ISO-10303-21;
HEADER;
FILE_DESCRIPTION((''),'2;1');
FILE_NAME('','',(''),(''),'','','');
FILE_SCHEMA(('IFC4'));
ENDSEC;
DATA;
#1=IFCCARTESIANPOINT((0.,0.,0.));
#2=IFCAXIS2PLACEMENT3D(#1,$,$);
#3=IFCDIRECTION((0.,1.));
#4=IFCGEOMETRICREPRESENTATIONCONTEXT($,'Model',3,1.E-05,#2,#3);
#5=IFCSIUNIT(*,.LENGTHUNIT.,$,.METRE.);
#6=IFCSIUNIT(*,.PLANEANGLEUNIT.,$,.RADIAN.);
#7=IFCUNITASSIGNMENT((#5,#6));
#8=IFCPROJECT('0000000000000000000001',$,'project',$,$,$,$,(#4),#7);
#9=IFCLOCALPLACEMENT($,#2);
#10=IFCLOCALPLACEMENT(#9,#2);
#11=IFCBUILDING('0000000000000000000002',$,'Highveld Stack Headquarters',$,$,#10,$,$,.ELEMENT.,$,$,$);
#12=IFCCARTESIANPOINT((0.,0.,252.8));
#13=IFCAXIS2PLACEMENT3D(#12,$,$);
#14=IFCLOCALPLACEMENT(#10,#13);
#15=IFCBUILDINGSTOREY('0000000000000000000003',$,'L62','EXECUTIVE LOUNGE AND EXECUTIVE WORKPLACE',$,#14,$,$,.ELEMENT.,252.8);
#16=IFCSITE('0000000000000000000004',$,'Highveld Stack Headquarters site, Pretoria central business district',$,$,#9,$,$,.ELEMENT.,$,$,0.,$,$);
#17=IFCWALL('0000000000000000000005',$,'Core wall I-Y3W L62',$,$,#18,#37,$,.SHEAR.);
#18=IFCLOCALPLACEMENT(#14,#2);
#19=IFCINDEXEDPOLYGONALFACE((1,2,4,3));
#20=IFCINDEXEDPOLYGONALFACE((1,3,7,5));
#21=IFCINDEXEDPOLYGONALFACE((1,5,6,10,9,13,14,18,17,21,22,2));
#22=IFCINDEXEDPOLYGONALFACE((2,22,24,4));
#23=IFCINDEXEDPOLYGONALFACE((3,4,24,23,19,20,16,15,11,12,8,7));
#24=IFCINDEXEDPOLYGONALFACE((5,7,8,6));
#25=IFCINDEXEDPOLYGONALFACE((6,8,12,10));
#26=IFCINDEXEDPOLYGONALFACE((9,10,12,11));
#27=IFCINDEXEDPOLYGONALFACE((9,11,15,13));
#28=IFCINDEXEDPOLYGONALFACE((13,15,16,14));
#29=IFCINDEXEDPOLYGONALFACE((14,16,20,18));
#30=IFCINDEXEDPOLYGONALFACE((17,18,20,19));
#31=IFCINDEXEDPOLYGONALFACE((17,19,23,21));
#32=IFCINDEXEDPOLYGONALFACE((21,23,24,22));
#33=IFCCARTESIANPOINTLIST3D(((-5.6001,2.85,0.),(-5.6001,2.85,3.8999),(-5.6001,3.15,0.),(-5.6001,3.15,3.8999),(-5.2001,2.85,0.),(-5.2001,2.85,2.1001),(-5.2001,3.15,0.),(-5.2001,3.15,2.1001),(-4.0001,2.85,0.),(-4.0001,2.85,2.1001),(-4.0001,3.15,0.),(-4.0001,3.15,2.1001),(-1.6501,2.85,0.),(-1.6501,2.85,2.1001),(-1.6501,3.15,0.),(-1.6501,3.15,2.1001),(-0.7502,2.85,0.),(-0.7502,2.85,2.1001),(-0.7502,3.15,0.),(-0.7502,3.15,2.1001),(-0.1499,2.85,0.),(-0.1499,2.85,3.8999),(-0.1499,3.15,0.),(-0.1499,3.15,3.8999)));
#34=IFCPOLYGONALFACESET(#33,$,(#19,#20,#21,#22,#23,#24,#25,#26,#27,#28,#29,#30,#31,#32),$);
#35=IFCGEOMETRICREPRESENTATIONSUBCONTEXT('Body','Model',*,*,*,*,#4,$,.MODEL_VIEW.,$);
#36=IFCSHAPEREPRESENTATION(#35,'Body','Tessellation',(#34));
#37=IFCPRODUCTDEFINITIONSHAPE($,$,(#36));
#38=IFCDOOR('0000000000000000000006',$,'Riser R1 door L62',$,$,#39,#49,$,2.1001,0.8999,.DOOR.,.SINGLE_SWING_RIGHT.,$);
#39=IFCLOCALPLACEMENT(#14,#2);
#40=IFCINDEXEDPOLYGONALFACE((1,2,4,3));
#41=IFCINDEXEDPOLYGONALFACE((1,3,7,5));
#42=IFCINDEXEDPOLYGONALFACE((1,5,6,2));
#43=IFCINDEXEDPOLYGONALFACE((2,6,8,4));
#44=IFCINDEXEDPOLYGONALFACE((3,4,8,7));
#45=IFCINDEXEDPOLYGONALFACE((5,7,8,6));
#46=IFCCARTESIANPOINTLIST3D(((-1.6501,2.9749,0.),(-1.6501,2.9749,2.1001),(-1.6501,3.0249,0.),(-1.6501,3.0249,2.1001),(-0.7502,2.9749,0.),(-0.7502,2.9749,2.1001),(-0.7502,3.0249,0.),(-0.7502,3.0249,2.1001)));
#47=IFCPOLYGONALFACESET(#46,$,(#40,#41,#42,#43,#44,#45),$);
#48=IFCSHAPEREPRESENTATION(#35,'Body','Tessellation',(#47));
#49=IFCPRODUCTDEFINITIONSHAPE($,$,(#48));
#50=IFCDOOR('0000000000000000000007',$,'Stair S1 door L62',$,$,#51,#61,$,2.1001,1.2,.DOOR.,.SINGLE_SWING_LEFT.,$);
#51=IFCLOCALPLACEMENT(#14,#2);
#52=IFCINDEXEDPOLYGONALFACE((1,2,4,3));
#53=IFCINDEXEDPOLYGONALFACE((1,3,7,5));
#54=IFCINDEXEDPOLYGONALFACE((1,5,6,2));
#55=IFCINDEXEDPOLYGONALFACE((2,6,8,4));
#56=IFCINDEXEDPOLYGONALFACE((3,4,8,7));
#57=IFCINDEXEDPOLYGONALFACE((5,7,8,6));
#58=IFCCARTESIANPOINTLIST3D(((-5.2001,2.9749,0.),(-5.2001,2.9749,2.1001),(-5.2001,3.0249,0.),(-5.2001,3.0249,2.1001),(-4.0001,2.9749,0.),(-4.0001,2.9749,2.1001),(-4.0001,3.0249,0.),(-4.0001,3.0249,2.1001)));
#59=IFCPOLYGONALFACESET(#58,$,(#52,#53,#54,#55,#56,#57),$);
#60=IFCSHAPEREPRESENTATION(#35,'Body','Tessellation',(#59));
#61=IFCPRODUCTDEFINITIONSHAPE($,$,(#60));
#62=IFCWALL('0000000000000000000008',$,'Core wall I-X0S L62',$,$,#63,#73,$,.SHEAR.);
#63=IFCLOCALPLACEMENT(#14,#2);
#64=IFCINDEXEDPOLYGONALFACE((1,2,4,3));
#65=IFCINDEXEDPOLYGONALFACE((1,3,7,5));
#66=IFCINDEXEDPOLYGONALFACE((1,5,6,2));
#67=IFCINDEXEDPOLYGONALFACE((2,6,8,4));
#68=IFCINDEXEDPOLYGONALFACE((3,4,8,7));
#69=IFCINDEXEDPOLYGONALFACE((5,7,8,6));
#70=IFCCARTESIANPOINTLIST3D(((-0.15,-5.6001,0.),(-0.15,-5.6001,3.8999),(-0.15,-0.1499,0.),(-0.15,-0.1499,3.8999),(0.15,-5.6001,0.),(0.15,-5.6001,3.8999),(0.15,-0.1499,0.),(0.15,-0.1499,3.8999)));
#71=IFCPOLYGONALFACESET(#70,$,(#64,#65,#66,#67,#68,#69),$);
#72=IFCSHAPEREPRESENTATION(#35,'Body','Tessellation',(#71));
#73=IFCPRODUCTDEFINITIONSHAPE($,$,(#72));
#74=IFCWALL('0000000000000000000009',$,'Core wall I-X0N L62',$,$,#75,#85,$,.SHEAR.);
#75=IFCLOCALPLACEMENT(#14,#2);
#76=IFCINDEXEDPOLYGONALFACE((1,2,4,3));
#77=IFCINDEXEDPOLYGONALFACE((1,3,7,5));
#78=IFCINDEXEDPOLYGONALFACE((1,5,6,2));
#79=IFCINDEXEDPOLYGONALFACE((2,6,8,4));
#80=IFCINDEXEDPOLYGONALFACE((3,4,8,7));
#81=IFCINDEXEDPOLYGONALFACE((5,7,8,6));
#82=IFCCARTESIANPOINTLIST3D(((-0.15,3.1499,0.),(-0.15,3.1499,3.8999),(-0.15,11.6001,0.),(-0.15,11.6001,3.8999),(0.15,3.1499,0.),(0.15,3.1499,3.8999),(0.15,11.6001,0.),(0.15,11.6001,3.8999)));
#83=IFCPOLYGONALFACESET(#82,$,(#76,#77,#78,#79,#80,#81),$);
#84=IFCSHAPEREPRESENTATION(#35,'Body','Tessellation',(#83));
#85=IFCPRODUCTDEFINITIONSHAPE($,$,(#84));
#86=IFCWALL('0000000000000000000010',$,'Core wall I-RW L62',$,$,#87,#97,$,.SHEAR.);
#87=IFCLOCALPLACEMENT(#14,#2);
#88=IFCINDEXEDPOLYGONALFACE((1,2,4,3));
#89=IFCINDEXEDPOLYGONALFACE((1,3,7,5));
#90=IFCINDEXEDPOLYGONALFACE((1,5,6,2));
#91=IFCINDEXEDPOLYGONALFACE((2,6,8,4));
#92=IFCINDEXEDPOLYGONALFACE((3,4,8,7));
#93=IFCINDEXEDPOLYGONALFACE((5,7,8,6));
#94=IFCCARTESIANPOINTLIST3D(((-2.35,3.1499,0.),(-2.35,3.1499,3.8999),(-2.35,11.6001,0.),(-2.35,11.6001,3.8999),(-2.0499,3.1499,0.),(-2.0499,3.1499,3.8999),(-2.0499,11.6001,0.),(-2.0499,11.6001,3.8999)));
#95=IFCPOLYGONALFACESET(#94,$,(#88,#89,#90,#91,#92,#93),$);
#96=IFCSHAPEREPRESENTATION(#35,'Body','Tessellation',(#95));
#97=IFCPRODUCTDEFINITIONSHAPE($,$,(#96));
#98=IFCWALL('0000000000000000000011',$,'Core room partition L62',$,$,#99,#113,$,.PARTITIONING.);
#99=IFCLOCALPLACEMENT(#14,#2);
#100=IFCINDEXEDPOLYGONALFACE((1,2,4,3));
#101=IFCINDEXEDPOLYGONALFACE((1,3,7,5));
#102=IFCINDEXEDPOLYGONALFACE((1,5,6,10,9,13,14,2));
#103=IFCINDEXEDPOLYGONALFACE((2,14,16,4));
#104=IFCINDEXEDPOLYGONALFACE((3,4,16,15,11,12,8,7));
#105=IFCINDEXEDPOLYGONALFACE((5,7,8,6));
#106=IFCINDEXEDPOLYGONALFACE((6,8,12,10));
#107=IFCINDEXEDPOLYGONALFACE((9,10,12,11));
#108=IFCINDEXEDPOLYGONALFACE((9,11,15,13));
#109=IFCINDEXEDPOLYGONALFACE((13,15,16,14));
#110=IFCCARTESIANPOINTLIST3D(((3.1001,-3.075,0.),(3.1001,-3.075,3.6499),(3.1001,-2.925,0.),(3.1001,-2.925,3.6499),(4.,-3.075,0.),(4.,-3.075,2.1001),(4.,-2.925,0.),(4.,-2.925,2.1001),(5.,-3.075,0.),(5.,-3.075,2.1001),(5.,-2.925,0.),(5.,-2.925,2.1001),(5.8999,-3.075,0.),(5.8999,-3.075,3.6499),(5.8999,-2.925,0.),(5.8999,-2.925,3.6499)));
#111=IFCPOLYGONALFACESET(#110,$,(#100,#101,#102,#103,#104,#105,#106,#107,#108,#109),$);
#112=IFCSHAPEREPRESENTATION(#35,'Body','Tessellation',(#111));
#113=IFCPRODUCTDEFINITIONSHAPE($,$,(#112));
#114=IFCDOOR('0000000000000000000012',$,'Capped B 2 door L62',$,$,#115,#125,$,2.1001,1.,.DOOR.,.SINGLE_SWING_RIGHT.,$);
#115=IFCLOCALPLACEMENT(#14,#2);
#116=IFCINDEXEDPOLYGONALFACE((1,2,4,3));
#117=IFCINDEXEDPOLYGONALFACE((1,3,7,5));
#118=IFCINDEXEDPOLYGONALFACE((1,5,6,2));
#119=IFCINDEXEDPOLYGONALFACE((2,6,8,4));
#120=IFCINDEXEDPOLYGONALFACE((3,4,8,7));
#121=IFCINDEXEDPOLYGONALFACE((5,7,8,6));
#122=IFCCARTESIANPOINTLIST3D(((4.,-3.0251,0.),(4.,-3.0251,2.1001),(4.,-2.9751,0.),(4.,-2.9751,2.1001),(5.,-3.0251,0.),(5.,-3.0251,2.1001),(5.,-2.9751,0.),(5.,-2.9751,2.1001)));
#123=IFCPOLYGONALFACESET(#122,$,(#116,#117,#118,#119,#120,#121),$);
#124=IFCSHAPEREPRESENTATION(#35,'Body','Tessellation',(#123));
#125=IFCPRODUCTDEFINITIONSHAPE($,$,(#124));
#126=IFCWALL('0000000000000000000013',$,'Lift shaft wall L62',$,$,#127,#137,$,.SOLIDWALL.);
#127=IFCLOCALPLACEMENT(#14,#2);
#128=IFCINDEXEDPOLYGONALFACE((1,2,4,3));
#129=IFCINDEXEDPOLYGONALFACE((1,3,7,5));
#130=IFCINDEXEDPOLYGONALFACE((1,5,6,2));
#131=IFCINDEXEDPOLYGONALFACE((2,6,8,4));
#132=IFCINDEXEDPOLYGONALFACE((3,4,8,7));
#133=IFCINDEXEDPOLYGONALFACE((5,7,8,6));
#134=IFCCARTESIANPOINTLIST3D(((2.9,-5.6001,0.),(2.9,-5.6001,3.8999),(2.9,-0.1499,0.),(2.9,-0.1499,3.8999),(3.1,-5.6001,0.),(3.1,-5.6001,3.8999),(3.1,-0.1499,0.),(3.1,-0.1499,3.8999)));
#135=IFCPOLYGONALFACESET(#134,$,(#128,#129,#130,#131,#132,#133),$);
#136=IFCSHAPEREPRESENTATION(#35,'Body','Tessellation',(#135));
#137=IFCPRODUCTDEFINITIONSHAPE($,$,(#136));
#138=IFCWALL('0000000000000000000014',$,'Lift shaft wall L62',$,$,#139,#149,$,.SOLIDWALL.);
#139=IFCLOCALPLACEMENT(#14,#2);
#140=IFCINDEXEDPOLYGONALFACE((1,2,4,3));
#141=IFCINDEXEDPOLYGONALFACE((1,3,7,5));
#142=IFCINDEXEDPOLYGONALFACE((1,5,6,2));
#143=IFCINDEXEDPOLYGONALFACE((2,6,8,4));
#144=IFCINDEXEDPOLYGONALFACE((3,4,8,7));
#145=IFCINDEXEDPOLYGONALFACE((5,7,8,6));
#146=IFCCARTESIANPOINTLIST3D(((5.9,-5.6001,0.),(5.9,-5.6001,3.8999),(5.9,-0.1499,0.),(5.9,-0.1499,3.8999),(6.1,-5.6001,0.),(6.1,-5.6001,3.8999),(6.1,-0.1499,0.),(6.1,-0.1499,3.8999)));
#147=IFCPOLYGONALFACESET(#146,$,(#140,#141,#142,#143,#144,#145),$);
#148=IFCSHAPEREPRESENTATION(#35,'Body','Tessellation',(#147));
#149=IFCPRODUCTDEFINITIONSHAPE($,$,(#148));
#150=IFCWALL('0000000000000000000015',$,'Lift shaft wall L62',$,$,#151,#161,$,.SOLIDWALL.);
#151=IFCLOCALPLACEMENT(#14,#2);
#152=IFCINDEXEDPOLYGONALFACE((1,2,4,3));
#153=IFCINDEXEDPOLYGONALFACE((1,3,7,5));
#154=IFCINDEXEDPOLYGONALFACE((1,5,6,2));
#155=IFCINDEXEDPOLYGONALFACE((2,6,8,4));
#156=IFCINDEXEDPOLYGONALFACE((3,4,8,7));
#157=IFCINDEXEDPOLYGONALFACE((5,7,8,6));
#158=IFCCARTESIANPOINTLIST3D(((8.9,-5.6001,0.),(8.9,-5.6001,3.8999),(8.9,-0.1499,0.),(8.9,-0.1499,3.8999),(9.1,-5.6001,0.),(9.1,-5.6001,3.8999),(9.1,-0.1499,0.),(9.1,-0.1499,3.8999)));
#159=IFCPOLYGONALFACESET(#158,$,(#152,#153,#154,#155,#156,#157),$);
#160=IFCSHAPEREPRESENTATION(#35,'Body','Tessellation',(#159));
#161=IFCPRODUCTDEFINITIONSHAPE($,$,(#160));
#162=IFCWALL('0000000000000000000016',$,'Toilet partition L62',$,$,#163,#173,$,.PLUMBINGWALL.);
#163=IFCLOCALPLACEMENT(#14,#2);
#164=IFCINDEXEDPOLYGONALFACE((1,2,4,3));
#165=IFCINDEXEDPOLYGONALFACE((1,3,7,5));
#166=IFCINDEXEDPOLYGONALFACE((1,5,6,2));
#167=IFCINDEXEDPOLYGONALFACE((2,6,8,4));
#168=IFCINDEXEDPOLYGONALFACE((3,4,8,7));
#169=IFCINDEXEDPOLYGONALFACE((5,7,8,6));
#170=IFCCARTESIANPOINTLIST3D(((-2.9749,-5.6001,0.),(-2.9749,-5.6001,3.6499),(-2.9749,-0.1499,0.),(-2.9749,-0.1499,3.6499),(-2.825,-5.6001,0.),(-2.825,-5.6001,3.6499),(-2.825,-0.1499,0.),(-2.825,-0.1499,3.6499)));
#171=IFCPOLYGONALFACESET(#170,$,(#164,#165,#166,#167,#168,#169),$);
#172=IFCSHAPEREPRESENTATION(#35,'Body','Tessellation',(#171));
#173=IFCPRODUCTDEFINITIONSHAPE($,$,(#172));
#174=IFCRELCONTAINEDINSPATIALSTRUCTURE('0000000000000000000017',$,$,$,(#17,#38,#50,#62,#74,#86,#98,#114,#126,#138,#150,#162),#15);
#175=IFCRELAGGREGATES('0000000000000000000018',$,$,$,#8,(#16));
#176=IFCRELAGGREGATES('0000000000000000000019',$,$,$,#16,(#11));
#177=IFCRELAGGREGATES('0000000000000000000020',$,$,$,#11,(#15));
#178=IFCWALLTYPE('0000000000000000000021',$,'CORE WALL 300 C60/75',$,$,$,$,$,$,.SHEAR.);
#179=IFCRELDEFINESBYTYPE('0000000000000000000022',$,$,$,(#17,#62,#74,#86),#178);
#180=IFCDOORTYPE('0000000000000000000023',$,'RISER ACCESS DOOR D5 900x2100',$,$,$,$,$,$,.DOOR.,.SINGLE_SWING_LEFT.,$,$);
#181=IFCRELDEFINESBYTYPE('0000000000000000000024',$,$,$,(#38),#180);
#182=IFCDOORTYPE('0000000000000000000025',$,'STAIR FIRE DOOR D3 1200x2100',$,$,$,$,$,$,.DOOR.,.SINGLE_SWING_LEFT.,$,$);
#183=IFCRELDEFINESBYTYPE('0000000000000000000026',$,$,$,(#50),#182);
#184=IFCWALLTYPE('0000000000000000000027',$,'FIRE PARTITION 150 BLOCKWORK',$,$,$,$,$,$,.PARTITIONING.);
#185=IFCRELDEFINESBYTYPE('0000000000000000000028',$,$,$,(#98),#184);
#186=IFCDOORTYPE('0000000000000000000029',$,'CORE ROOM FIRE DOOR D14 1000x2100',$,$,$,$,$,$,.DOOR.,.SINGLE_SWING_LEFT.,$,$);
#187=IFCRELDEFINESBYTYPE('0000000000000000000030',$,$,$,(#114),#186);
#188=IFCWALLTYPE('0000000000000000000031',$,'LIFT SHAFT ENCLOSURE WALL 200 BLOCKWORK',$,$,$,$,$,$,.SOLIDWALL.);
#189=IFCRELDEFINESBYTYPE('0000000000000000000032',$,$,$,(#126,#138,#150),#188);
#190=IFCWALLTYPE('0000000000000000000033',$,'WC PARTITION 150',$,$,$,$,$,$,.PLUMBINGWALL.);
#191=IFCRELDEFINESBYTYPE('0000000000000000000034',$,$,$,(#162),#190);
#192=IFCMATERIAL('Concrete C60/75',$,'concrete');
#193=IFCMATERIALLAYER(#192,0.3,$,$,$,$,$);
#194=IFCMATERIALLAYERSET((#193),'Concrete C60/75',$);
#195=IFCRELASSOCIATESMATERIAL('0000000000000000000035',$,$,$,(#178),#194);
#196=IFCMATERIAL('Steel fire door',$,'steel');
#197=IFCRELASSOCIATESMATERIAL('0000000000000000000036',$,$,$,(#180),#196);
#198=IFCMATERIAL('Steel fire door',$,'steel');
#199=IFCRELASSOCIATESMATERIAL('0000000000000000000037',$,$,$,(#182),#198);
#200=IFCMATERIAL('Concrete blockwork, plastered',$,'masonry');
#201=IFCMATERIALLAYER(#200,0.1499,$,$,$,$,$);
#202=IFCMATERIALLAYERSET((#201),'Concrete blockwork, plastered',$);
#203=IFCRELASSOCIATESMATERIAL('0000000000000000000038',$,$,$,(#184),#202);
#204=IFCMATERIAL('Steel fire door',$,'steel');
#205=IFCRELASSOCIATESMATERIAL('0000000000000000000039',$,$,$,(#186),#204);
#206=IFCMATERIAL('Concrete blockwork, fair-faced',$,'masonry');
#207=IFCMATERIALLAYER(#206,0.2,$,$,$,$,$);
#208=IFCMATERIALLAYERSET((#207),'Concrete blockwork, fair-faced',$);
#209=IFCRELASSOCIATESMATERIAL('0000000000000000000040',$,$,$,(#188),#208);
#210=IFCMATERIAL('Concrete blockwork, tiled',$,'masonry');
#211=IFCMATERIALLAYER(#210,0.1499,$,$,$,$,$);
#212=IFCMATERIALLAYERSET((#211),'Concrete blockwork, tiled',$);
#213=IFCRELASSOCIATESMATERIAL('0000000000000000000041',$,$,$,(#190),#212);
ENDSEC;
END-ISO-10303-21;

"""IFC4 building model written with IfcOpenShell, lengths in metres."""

from ifc_helpers import new_model, si_unit, direction, frame, frame_2d, origin, place, context, subcontext, project, spatial, rectangle, extrude, material, layer, layer_set, type_object, element, fill, save


model = new_model("IFC4")

# Units and contexts
model_context = context("Model", 3, precision=1e-05, world=origin(), true_north=direction((0.0, 1.0)))
body_context = subcontext(model_context, "Body", "Model", "MODEL_VIEW")
ifc_project = project(units=[si_unit("LENGTHUNIT", "METRE"), si_unit("PLANEANGLEUNIT", "RADIAN")], contexts=[model_context])

# Site, building, storey
site_placement = place(None, origin())
site = spatial("IfcSite", under=ifc_project, at=site_placement, Name="Highveld Stack Headquarters site, Pretoria central business district", CompositionType="ELEMENT", RefElevation=0.0)
building_placement = place(site_placement, origin())
building = spatial("IfcBuilding", under=site, at=building_placement, Name="Highveld Stack Headquarters", CompositionType="ELEMENT")
storey_placement = place(building_placement, frame((0.0, 0.0, 252.8)))
storey = spatial("IfcBuildingStorey", under=building, at=storey_placement, Name="L62", Description="EXECUTIVE LOUNGE AND EXECUTIVE WORKPLACE", CompositionType="ELEMENT", Elevation=252.8)

# Wall, openings, doors
ifc_material_1 = material(Name="Concrete C60/75", Category="concrete")
ifc_layer_1 = layer(ifc_material_1, 0.3)
ifc_layer_set_1 = layer_set([ifc_layer_1], Name="Concrete C60/75")
wall_type_1 = type_object("IfcWallType", Name="CORE WALL 300 C60/75", PredefinedType="SHEAR", material=ifc_layer_set_1)
wall_1_placement = place(storey_placement, frame((-5.6001, 3.0, 0.0), z_axis=(0.0, 0.0, 1.0), x_axis=(1.0, 0.0, 0.0)))
wall_1 = element("IfcWall", 1, at=wall_1_placement, inside=storey, type_object=wall_type_1, Name="Core wall I-Y3W L62", PredefinedType="SHEAR", context=body_context, shape_type="SweptSolid", body=[
    extrude(rectangle(XDim=5.4502, YDim=0.3, at=frame_2d((2.7251, 0.0))), origin(), (0.0, 0.0, 1.0), 3.8999),
])
opening_1_placement = place(wall_1_placement, frame((0.3999, 0.0, 0.0)))
opening_1 = element("IfcOpeningElement", 2, at=opening_1_placement, cuts=wall_1, PredefinedType="OPENING", context=body_context, shape_type="SweptSolid", body=[
    extrude(rectangle(XDim=1.2, YDim=2.1001, at=frame_2d((0.6001, 1.05))), frame((0.0, 0.1599, 0.0), z_axis=(0.0, -1.0, 0.0), x_axis=(1.0, 0.0, 0.0)), (0.0, 0.0, 1.0), 0.3201),
])
opening_2_placement = place(wall_1_placement, frame((3.95, 0.0, 0.0)))
opening_2 = element("IfcOpeningElement", 3, at=opening_2_placement, cuts=wall_1, PredefinedType="OPENING", context=body_context, shape_type="SweptSolid", body=[
    extrude(rectangle(XDim=0.8999, YDim=2.1001, at=frame_2d((0.45, 1.05))), frame((0.0, 0.1599, 0.0), z_axis=(0.0, -1.0, 0.0), x_axis=(1.0, 0.0, 0.0)), (0.0, 0.0, 1.0), 0.3201),
])
ifc_material_2 = material(Name="Steel fire door", Category="steel")
door_type_1 = type_object("IfcDoorType", Name="RISER ACCESS DOOR D5 900x2100", OperationType="SINGLE_SWING_LEFT", PredefinedType="DOOR", material=ifc_material_2)
door_1_placement = place(opening_2_placement, origin())
door_1 = element("IfcDoor", 4, at=door_1_placement, inside=storey, type_object=door_type_1, Name="Riser R1 door L62", OperationType="SINGLE_SWING_RIGHT", OverallHeight=2.1001, OverallWidth=0.8999, PredefinedType="DOOR", context=body_context, shape_type="SweptSolid", body=[
    extrude(rectangle(XDim=0.8999, YDim=2.1001, at=frame_2d((0.45, 1.05))), frame((0.0, 0.0249, 0.0), z_axis=(0.0, -1.0, 0.0), x_axis=(1.0, 0.0, 0.0)), (0.0, 0.0, 1.0), 0.05),
])
fill(opening_2, door_1)
ifc_material_3 = material(Name="Steel fire door", Category="steel")
door_type_2 = type_object("IfcDoorType", Name="STAIR FIRE DOOR D3 1200x2100", OperationType="SINGLE_SWING_LEFT", PredefinedType="DOOR", material=ifc_material_3)
door_2_placement = place(opening_1_placement, origin())
door_2 = element("IfcDoor", 5, at=door_2_placement, inside=storey, type_object=door_type_2, Name="Stair S1 door L62", OperationType="SINGLE_SWING_LEFT", OverallHeight=2.1001, OverallWidth=1.2, PredefinedType="DOOR", context=body_context, shape_type="SweptSolid", body=[
    extrude(rectangle(XDim=1.2, YDim=2.1001, at=frame_2d((0.6001, 1.05))), frame((0.0, 0.0249, 0.0), z_axis=(0.0, -1.0, 0.0), x_axis=(1.0, 0.0, 0.0)), (0.0, 0.0, 1.0), 0.05),
])
fill(opening_1, door_2)

# Walls
wall_2_placement = place(storey_placement, frame((0.0, -5.6001, 0.0), z_axis=(0.0, 0.0, 1.0), x_axis=(0.0, 1.0, 0.0)))
element("IfcWall", 6, at=wall_2_placement, inside=storey, type_object=wall_type_1, Name="Core wall I-X0S L62", PredefinedType="SHEAR", context=body_context, shape_type="SweptSolid", body=[
    extrude(rectangle(XDim=5.4502, YDim=0.3, at=frame_2d((2.7251, 0.0))), origin(), (0.0, 0.0, 1.0), 3.8999),
])
for number, where, z_axis, x_axis, name in (
    (7, (0.0, 3.1499, 0.0), (0.0, 0.0, 1.0), (0.0, 1.0, 0.0), "Core wall I-X0N L62"),
    (8, (-2.2, 3.1499, 0.0), (0.0, 0.0, 1.0), (0.0, 1.0, 0.0), "Core wall I-RW L62"),
):
    element("IfcWall", number, at=place(storey_placement, frame(where, z_axis=z_axis, x_axis=x_axis)), inside=storey, type_object=wall_type_1, Name=name, PredefinedType="SHEAR", context=body_context, shape_type="SweptSolid", body=[
        extrude(rectangle(XDim=8.4502, YDim=0.3, at=frame_2d((4.2251, 0.0))), origin(), (0.0, 0.0, 1.0), 3.8999),
    ])

# Wall, opening, door
ifc_material_4 = material(Name="Concrete blockwork, plastered", Category="masonry")
ifc_layer_2 = layer(ifc_material_4, 0.1499)
ifc_layer_set_2 = layer_set([ifc_layer_2], Name="Concrete blockwork, plastered")
wall_type_2 = type_object("IfcWallType", Name="FIRE PARTITION 150 BLOCKWORK", PredefinedType="PARTITIONING", material=ifc_layer_set_2)
wall_3_placement = place(storey_placement, frame((3.1001, -3.0, 0.0), z_axis=(0.0, 0.0, 1.0), x_axis=(1.0, 0.0, 0.0)))
wall_3 = element("IfcWall", 9, at=wall_3_placement, inside=storey, type_object=wall_type_2, Name="Core room partition L62", PredefinedType="PARTITIONING", context=body_context, shape_type="SweptSolid", body=[
    extrude(rectangle(XDim=2.7998, YDim=0.1499, at=frame_2d((1.3999, 0.0))), origin(), (0.0, 0.0, 1.0), 3.6499),
])
opening_3_placement = place(wall_3_placement, frame((0.8999, 0.0, 0.0)))
opening_3 = element("IfcOpeningElement", 10, at=opening_3_placement, cuts=wall_3, PredefinedType="OPENING", context=body_context, shape_type="SweptSolid", body=[
    extrude(rectangle(XDim=1.0, YDim=2.1001, at=frame_2d((0.5, 1.05))), frame((0.0, 0.085, 0.0), z_axis=(0.0, -1.0, 0.0), x_axis=(1.0, 0.0, 0.0)), (0.0, 0.0, 1.0), 0.1699),
])
ifc_material_5 = material(Name="Steel fire door", Category="steel")
door_type_3 = type_object("IfcDoorType", Name="CORE ROOM FIRE DOOR D14 1000x2100", OperationType="SINGLE_SWING_LEFT", PredefinedType="DOOR", material=ifc_material_5)
door_3_placement = place(opening_3_placement, origin())
door_3 = element("IfcDoor", 11, at=door_3_placement, inside=storey, type_object=door_type_3, Name="Capped B 2 door L62", OperationType="SINGLE_SWING_RIGHT", OverallHeight=2.1001, OverallWidth=1.0, PredefinedType="DOOR", context=body_context, shape_type="SweptSolid", body=[
    extrude(rectangle(XDim=1.0, YDim=2.1001, at=frame_2d((0.5, 1.05))), frame((0.0, 0.0249, 0.0), z_axis=(0.0, -1.0, 0.0), x_axis=(1.0, 0.0, 0.0)), (0.0, 0.0, 1.0), 0.05),
])
fill(opening_3, door_3)

# Walls
ifc_material_6 = material(Name="Concrete blockwork, fair-faced", Category="masonry")
ifc_layer_3 = layer(ifc_material_6, 0.2)
ifc_layer_set_3 = layer_set([ifc_layer_3], Name="Concrete blockwork, fair-faced")
wall_type_3 = type_object("IfcWallType", Name="LIFT SHAFT ENCLOSURE WALL 200 BLOCKWORK", PredefinedType="SOLIDWALL", material=ifc_layer_set_3)
for number, where, z_axis, x_axis, name in (
    (12, (3.0, -5.6001, 0.0), (0.0, 0.0, 1.0), (0.0, 1.0, 0.0), "Lift shaft wall L62"),
    (13, (6.0, -5.6001, 0.0), (0.0, 0.0, 1.0), (0.0, 1.0, 0.0), "Lift shaft wall L62"),
    (14, (9.0, -5.6001, 0.0), (0.0, 0.0, 1.0), (0.0, 1.0, 0.0), "Lift shaft wall L62"),
):
    element("IfcWall", number, at=place(storey_placement, frame(where, z_axis=z_axis, x_axis=x_axis)), inside=storey, type_object=wall_type_3, Name=name, PredefinedType="SOLIDWALL", context=body_context, shape_type="SweptSolid", body=[
        extrude(rectangle(XDim=5.4502, YDim=0.2, at=frame_2d((2.7251, 0.0))), origin(), (0.0, 0.0, 1.0), 3.8999),
    ])
ifc_material_7 = material(Name="Concrete blockwork, tiled", Category="masonry")
ifc_layer_4 = layer(ifc_material_7, 0.1499)
ifc_layer_set_4 = layer_set([ifc_layer_4], Name="Concrete blockwork, tiled")
wall_type_4 = type_object("IfcWallType", Name="WC PARTITION 150", PredefinedType="PLUMBINGWALL", material=ifc_layer_set_4)
wall_4_placement = place(storey_placement, frame((-2.8999, -5.6001, 0.0), z_axis=(0.0, 0.0, 1.0), x_axis=(0.0, 1.0, 0.0)))
element("IfcWall", 15, at=wall_4_placement, inside=storey, type_object=wall_type_4, Name="Toilet partition L62", PredefinedType="PLUMBINGWALL", context=body_context, shape_type="SweptSolid", body=[
    extrude(rectangle(XDim=5.4502, YDim=0.1499, at=frame_2d((2.7251, 0.0))), origin(), (0.0, 0.0, 1.0), 3.6499),
])

save(model, "model.ifc")
